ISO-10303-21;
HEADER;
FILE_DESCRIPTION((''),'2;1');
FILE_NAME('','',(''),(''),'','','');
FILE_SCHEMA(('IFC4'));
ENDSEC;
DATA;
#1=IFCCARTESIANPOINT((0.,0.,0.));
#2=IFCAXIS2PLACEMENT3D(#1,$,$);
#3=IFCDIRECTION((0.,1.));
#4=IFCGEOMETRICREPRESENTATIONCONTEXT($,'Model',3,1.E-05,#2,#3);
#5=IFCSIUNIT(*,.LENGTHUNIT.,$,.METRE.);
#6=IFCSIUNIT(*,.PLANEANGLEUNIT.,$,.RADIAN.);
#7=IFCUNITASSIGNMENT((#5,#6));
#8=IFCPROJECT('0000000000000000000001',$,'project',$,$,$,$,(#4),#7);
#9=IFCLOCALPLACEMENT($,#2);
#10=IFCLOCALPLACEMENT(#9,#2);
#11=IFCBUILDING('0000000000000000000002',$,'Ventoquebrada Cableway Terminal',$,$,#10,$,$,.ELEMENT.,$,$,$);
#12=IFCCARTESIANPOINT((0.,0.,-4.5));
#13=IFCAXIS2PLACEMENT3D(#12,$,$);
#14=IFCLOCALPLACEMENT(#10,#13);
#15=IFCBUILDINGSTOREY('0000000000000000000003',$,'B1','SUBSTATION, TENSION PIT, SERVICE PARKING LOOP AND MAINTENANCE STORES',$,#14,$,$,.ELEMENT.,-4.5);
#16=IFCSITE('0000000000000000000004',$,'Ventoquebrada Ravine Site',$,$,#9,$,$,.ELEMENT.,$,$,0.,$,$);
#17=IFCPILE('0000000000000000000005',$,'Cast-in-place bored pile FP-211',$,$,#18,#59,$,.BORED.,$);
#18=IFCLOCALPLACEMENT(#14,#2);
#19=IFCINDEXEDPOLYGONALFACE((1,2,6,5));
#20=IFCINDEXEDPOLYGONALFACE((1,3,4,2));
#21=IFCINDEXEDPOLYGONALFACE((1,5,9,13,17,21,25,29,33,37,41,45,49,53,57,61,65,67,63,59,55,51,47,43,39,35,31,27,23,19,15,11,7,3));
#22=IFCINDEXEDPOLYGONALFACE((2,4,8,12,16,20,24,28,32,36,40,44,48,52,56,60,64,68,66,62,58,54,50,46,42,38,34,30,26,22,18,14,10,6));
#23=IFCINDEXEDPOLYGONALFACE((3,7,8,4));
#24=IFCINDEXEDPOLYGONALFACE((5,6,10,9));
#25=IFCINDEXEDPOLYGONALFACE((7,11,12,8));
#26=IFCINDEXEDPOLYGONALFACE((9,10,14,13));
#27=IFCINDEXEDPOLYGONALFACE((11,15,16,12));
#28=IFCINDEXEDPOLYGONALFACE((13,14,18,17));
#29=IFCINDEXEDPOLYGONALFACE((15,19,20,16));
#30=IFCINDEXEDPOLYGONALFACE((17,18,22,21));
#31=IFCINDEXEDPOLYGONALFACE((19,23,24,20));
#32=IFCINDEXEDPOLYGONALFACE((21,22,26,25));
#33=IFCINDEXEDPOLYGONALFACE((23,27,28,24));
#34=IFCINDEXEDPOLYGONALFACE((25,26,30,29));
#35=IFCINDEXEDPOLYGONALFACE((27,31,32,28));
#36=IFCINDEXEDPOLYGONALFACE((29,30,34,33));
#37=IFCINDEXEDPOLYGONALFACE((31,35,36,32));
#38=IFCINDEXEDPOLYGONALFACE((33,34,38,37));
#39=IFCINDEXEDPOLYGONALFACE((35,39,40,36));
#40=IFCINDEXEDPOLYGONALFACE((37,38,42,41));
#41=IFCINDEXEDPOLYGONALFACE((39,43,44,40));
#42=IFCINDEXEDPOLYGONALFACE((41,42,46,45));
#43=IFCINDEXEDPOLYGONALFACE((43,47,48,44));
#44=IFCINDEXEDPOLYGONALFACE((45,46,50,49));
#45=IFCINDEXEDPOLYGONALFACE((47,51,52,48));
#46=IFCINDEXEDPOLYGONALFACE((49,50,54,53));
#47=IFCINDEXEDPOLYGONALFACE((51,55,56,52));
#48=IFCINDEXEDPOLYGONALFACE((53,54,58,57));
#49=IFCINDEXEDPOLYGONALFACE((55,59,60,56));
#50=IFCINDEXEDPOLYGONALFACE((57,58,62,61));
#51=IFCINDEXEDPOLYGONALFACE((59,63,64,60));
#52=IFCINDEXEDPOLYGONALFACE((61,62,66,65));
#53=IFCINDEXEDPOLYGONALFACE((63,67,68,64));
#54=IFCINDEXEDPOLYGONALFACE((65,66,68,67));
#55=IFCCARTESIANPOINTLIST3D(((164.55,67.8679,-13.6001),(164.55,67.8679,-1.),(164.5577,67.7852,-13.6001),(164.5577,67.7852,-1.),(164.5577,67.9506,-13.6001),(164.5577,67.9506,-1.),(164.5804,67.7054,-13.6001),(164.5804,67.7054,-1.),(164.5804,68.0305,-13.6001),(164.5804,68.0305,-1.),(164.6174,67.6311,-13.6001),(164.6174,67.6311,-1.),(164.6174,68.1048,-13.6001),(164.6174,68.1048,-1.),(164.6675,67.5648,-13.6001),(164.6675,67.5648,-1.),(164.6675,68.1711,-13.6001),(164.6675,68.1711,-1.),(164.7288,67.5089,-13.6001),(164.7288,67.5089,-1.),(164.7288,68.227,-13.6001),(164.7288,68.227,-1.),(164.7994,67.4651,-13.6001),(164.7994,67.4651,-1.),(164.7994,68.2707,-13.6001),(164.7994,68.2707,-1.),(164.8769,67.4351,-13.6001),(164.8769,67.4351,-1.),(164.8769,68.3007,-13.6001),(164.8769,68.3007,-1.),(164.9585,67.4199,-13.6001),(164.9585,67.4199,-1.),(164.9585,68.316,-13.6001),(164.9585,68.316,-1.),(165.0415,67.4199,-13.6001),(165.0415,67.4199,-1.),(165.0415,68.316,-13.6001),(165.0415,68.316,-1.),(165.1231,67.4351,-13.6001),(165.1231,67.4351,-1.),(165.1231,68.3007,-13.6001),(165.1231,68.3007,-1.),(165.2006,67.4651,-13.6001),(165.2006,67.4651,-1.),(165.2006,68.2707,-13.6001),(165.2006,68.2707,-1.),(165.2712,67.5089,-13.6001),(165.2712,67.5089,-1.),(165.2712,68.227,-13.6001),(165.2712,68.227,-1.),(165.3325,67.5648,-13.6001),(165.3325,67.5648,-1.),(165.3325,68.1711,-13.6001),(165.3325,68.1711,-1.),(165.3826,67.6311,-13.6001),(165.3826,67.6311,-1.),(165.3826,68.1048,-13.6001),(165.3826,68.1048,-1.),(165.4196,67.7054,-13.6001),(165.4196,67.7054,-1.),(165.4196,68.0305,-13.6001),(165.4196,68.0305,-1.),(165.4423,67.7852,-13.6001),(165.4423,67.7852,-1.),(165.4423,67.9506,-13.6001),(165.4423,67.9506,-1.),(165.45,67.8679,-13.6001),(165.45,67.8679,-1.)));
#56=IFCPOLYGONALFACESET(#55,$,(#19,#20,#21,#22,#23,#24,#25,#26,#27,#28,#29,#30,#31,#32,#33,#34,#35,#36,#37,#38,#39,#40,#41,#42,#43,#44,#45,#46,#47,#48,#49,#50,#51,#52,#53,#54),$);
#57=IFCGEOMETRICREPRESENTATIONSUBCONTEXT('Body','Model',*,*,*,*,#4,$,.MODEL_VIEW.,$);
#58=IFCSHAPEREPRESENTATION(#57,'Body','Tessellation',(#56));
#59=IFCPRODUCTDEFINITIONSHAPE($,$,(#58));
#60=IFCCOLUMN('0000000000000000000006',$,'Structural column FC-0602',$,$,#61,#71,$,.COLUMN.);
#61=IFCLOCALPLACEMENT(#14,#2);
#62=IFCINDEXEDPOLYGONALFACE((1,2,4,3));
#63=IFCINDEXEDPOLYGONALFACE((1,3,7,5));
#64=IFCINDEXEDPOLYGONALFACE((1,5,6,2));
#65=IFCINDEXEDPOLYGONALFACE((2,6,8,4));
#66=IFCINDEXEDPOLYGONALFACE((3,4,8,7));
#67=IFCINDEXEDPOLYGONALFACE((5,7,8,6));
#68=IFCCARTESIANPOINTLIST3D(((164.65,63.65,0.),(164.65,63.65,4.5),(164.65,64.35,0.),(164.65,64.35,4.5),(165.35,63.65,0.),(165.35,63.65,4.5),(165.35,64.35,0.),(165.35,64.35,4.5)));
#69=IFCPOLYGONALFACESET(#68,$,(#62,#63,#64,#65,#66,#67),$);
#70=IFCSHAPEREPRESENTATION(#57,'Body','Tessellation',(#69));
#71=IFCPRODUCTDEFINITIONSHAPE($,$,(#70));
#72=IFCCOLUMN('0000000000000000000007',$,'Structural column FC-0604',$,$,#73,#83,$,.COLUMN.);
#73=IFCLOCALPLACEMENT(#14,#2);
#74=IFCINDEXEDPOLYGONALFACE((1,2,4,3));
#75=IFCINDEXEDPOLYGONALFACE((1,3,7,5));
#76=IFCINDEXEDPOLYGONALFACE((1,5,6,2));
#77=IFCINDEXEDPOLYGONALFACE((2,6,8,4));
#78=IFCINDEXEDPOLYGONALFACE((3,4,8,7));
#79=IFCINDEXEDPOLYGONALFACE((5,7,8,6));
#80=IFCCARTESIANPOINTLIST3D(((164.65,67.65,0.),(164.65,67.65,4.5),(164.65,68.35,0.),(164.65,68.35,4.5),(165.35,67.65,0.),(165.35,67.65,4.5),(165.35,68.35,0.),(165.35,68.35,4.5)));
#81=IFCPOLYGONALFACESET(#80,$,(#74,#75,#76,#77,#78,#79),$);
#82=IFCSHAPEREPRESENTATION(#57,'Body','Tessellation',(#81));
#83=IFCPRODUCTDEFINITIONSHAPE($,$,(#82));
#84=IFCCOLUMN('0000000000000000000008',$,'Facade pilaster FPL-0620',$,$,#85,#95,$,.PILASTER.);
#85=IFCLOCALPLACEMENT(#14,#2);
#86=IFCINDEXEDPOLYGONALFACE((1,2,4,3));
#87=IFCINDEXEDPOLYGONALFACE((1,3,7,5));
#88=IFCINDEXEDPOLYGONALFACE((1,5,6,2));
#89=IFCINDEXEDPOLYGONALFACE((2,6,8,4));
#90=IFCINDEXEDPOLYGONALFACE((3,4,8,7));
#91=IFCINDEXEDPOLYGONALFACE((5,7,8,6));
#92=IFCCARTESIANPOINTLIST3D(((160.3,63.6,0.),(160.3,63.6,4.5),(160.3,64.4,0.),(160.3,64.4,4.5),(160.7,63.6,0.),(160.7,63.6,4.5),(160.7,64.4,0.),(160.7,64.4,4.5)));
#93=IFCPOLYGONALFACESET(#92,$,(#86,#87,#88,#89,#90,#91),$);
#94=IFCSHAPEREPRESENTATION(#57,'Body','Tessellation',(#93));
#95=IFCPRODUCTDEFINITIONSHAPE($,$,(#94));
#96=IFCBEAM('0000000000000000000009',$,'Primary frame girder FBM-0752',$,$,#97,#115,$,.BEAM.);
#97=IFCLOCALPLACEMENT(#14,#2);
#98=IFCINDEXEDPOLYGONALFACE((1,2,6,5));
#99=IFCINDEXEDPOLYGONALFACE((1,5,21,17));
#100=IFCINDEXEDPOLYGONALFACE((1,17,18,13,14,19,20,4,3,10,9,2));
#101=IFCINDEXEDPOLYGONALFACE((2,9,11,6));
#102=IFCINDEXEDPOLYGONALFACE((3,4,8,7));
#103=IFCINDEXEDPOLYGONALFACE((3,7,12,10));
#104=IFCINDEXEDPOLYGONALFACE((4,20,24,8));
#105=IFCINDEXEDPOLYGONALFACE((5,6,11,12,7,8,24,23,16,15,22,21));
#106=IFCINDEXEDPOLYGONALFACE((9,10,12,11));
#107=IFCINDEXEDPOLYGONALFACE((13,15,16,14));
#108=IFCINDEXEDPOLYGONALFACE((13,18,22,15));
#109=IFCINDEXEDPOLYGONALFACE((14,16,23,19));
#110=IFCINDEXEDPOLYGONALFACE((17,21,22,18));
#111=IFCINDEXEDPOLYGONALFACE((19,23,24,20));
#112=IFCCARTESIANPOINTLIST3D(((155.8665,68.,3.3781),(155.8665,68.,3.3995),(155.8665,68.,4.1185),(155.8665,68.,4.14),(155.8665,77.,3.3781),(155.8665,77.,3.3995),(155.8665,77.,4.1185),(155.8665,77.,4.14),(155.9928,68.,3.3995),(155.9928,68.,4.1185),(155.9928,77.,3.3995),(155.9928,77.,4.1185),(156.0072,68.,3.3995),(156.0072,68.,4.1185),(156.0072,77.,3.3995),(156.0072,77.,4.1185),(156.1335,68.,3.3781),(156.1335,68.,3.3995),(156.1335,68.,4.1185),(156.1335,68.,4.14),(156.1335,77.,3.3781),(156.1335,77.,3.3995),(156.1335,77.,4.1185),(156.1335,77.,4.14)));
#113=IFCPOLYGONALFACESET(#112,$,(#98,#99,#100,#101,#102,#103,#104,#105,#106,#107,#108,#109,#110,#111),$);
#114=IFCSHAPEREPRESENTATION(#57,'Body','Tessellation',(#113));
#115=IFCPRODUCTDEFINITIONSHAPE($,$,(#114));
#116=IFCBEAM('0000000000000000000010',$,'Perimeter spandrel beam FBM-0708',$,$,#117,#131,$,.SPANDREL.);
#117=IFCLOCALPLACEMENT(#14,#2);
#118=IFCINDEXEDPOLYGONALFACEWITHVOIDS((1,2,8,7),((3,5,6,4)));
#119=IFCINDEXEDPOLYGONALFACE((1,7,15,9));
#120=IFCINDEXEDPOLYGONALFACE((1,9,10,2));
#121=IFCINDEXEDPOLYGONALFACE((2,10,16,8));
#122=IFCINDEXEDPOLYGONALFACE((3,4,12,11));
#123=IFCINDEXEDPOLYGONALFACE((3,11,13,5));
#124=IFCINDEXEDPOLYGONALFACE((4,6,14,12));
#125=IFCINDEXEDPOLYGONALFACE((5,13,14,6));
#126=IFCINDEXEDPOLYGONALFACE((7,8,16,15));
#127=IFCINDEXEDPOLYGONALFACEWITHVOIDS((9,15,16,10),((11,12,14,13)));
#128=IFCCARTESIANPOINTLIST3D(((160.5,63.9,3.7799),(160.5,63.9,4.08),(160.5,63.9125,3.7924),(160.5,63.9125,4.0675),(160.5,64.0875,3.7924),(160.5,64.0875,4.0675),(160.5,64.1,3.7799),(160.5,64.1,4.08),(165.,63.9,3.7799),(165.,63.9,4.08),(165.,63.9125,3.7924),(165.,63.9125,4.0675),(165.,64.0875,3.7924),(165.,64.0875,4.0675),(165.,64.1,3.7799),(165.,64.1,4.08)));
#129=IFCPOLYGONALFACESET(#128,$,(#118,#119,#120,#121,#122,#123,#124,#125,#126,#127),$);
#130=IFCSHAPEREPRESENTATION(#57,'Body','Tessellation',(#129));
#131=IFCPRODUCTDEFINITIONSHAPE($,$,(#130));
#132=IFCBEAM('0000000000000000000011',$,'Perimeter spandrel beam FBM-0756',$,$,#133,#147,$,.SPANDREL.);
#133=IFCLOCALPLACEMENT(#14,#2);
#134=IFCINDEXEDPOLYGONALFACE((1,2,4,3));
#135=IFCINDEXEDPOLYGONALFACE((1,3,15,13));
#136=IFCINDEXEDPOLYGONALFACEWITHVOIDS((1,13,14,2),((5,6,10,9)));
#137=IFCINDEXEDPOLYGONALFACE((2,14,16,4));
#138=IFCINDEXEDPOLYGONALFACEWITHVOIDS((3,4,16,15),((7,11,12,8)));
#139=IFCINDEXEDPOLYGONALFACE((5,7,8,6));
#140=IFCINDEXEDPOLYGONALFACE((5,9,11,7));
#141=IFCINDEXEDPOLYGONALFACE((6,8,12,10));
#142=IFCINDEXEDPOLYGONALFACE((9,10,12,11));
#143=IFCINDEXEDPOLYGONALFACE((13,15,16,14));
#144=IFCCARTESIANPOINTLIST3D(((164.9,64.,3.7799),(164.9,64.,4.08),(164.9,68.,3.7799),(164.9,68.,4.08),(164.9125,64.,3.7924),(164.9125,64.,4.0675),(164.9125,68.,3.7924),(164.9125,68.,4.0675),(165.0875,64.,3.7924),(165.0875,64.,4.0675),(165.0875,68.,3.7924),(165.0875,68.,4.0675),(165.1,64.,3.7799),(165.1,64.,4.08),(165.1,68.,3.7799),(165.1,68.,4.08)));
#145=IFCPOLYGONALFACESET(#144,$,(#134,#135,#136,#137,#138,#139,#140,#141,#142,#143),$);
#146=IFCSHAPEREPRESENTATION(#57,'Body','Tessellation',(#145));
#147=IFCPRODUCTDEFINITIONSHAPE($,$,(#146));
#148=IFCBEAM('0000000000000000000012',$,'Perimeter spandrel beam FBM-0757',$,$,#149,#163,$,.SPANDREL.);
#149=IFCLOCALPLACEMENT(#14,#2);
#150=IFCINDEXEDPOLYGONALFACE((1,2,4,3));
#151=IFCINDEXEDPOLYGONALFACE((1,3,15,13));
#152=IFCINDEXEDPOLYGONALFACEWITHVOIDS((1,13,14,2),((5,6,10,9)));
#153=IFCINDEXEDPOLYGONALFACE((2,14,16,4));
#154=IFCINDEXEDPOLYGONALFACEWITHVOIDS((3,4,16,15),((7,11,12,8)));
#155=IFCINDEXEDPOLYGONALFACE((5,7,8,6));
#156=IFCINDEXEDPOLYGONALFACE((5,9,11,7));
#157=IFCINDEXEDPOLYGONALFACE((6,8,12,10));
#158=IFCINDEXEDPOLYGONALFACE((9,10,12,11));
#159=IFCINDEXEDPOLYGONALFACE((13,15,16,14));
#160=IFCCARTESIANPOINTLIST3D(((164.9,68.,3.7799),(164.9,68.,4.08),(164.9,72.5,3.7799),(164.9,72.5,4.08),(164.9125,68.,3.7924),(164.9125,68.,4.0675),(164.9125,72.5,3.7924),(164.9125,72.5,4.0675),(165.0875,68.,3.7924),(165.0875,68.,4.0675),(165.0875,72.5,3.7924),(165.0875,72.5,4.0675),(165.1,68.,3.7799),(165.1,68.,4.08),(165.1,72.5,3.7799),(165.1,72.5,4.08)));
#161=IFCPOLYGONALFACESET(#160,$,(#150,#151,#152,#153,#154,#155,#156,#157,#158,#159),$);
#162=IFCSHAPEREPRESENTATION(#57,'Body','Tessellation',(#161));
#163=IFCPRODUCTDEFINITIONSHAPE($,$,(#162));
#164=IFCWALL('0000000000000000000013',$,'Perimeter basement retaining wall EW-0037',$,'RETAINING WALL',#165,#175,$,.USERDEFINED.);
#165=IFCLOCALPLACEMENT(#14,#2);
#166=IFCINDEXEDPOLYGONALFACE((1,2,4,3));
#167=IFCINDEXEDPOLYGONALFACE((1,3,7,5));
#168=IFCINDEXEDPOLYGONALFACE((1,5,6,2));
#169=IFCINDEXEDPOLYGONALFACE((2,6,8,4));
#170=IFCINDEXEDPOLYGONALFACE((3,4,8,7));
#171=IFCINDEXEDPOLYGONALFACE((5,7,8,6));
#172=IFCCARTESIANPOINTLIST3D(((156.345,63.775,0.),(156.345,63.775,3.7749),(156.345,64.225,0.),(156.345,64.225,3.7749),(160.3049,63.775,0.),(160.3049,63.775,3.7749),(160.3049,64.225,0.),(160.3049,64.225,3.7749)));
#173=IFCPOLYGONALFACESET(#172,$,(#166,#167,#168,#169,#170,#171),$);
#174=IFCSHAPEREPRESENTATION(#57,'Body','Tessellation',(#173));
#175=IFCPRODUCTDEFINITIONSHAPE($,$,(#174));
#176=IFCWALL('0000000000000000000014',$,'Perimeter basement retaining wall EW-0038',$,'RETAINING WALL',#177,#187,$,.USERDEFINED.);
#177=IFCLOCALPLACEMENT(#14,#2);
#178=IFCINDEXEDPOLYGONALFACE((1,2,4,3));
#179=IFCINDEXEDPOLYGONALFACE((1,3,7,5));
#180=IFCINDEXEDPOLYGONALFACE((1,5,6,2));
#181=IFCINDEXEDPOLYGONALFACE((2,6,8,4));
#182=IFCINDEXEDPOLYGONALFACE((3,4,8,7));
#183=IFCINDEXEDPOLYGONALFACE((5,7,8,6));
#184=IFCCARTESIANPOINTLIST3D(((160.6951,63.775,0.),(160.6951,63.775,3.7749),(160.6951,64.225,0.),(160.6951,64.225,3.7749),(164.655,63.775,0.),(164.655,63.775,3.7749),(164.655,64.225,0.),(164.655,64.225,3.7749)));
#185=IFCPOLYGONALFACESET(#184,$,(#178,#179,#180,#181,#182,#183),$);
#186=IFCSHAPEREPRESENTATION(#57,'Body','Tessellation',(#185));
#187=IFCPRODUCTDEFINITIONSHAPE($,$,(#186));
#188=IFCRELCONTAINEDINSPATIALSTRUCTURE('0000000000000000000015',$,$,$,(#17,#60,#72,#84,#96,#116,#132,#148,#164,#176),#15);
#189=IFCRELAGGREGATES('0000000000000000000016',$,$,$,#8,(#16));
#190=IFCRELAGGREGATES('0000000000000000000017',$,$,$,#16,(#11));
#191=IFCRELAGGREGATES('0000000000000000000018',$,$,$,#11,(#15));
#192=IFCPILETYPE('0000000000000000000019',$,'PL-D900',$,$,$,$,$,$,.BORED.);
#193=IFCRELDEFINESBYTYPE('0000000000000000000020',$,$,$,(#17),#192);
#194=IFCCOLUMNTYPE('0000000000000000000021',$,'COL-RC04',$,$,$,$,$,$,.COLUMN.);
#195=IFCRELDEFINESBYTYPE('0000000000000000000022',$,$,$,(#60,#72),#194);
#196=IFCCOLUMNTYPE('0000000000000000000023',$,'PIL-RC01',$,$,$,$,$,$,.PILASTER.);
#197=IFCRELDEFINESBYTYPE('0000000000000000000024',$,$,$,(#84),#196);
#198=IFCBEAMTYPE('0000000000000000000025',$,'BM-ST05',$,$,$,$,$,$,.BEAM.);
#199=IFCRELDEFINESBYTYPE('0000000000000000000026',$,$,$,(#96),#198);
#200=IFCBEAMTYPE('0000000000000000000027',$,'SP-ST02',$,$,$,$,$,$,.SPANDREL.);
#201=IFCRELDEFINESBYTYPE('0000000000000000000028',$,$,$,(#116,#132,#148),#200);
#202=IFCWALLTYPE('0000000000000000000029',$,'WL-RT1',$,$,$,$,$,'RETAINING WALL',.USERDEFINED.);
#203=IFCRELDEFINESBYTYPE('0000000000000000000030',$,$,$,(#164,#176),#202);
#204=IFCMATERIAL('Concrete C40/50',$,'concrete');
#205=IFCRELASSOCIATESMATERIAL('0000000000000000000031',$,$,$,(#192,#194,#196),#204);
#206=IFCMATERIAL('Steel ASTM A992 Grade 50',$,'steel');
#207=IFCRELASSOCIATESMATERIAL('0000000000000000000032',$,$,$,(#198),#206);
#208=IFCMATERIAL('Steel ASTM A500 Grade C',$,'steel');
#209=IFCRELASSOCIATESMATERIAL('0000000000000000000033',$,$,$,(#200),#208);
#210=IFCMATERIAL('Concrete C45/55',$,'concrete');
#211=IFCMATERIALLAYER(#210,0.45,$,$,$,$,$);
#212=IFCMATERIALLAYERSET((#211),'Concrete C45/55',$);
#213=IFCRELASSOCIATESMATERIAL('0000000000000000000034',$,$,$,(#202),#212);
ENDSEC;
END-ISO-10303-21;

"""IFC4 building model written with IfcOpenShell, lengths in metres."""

from ifc_helpers import new_model, si_unit, direction, frame, frame_2d, origin, origin_2d, place, context, subcontext, project, spatial, rectangle, hollow_rectangle, circle, i_section, extrude, material, layer, layer_set, material_profile, profile_set, type_object, element, save


model = new_model("IFC4")

# Units and contexts
model_context = context("Model", 3, precision=1e-05, world=origin(), true_north=direction((0.0, 1.0)))
body_context = subcontext(model_context, "Body", "Model", "MODEL_VIEW")
ifc_project = project(units=[si_unit("LENGTHUNIT", "METRE"), si_unit("PLANEANGLEUNIT", "RADIAN")], contexts=[model_context])

# Site, building, storey
site_placement = place(None, origin())
site = spatial("IfcSite", under=ifc_project, at=site_placement, Name="Ventoquebrada Ravine Site", CompositionType="ELEMENT", RefElevation=0.0)
building_placement = place(site_placement, origin())
building = spatial("IfcBuilding", under=site, at=building_placement, Name="Ventoquebrada Cableway Terminal", CompositionType="ELEMENT")
storey_placement = place(building_placement, frame((0.0, 0.0, -4.5)))
storey = spatial("IfcBuildingStorey", under=building, at=storey_placement, Name="B1", Description="SUBSTATION, TENSION PIT, SERVICE PARKING LOOP AND MAINTENANCE STORES", CompositionType="ELEMENT", Elevation=-4.5)

# Shared definitions
ifc_material_1 = material(Name="Concrete C40/50", Category="concrete")

# Pile
ifc_material_profile_1 = material_profile(ifc_material_1, circle(Radius=0.45, at=origin_2d()), Name="PILE-D900")
ifc_profile_set_1 = profile_set([ifc_material_profile_1], Name="Concrete C40/50")
pile_type = type_object("IfcPileType", Name="PL-D900", PredefinedType="BORED", material=ifc_profile_set_1)
pile_1_placement = place(storey_placement, frame((165.0, 67.8679, -1.0), z_axis=(0.0, 0.0, -1.0), x_axis=(1.0, 0.0, 0.0)))
element("IfcPile", 1, at=pile_1_placement, inside=storey, type_object=pile_type, Name="Cast-in-place bored pile FP-211", PredefinedType="BORED", context=body_context, shape_type="SweptSolid", body=[
    extrude(circle(Radius=0.45, at=origin_2d()), origin(), (0.0, 0.0, 1.0), 12.6001),
])

# Columns
ifc_material_profile_2 = material_profile(ifc_material_1, rectangle(XDim=0.7, YDim=0.7, at=origin_2d()), Name="RC-COL-700X700")
ifc_profile_set_2 = profile_set([ifc_material_profile_2], Name="Concrete C40/50")
column_type_1 = type_object("IfcColumnType", Name="COL-RC04", PredefinedType="COLUMN", material=ifc_profile_set_2)
for number, where, z_axis, x_axis, name in (
    (2, (165.0, 64.0, 0.0), (0.0, 0.0, 1.0), (1.0, 0.0, 0.0), "Structural column FC-0602"),
    (3, (165.0, 68.0, 0.0), (0.0, 0.0, 1.0), (1.0, 0.0, 0.0), "Structural column FC-0604"),
):
    element("IfcColumn", number, at=place(storey_placement, frame(where, z_axis=z_axis, x_axis=x_axis)), inside=storey, type_object=column_type_1, Name=name, PredefinedType="COLUMN", context=body_context, shape_type="SweptSolid", body=[
        extrude(rectangle(XDim=0.7, YDim=0.7, at=origin_2d()), origin(), (0.0, 0.0, 1.0), 4.5),
    ])
ifc_material_profile_3 = material_profile(ifc_material_1, rectangle(XDim=0.3999, YDim=0.8, at=origin_2d()), Name="RC-PIL-400X800")
ifc_profile_set_3 = profile_set([ifc_material_profile_3], Name="Concrete C40/50")
column_type_2 = type_object("IfcColumnType", Name="PIL-RC01", PredefinedType="PILASTER", material=ifc_profile_set_3)
column_placement = place(storey_placement, frame((160.5, 64.0, 0.0), z_axis=(0.0, 0.0, 1.0), x_axis=(1.0, 0.0, 0.0)))
element("IfcColumn", 4, at=column_placement, inside=storey, type_object=column_type_2, Name="Facade pilaster FPL-0620", PredefinedType="PILASTER", context=body_context, shape_type="SweptSolid", body=[
    extrude(rectangle(XDim=0.3999, YDim=0.8, at=origin_2d()), origin(), (0.0, 0.0, 1.0), 4.5),
])

# Beams
ifc_material_2 = material(Name="Steel ASTM A992 Grade 50", Category="steel")
ifc_material_profile_4 = material_profile(ifc_material_2, i_section(OverallWidth=0.2671, OverallDepth=0.762, WebThickness=0.0144, FlangeThickness=0.0215, at=origin_2d()), Name="W30X116")
ifc_profile_set_4 = profile_set([ifc_material_profile_4], Name="Steel ASTM A992 Grade 50")
beam_type_1 = type_object("IfcBeamType", Name="BM-ST05", PredefinedType="BEAM", material=ifc_profile_set_4)
beam_1_placement = place(storey_placement, frame((156.0, 68.0, 3.759), z_axis=(0.0, 1.0, 0.0), x_axis=(-1.0, 0.0, 0.0)))
element("IfcBeam", 5, at=beam_1_placement, inside=storey, type_object=beam_type_1, Name="Primary frame girder FBM-0752", PredefinedType="BEAM", context=body_context, shape_type="SweptSolid", body=[
    extrude(i_section(OverallWidth=0.2671, OverallDepth=0.762, WebThickness=0.0144, FlangeThickness=0.0215, at=origin_2d()), origin(), (0.0, 0.0, 1.0), 9.0),
])
ifc_material_3 = material(Name="Steel ASTM A500 Grade C", Category="steel")
ifc_material_profile_5 = material_profile(ifc_material_3, hollow_rectangle(XDim=0.2, YDim=0.3, WallThickness=0.0125, at=origin_2d()), Name="RHS300X200X12.5")
ifc_profile_set_5 = profile_set([ifc_material_profile_5], Name="Steel ASTM A500 Grade C")
beam_type_2 = type_object("IfcBeamType", Name="SP-ST02", PredefinedType="SPANDREL", material=ifc_profile_set_5)
beam_2_placement = place(storey_placement, frame((160.5, 64.0, 3.9299), z_axis=(1.0, 0.0, 0.0), x_axis=(0.0, 1.0, 0.0)))
element("IfcBeam", 6, at=beam_2_placement, inside=storey, type_object=beam_type_2, Name="Perimeter spandrel beam FBM-0708", PredefinedType="SPANDREL", context=body_context, shape_type="SweptSolid", body=[
    extrude(hollow_rectangle(XDim=0.2, YDim=0.3, WallThickness=0.0125, at=origin_2d()), origin(), (0.0, 0.0, 1.0), 4.5),
])
beam_3_placement = place(storey_placement, frame((165.0, 64.0, 3.9299), z_axis=(0.0, 1.0, 0.0), x_axis=(-1.0, 0.0, 0.0)))
element("IfcBeam", 7, at=beam_3_placement, inside=storey, type_object=beam_type_2, Name="Perimeter spandrel beam FBM-0756", PredefinedType="SPANDREL", context=body_context, shape_type="SweptSolid", body=[
    extrude(hollow_rectangle(XDim=0.2, YDim=0.3, WallThickness=0.0125, at=origin_2d()), origin(), (0.0, 0.0, 1.0), 4.0),
])
beam_4_placement = place(storey_placement, frame((165.0, 68.0, 3.9299), z_axis=(0.0, 1.0, 0.0), x_axis=(-1.0, 0.0, 0.0)))
element("IfcBeam", 8, at=beam_4_placement, inside=storey, type_object=beam_type_2, Name="Perimeter spandrel beam FBM-0757", PredefinedType="SPANDREL", context=body_context, shape_type="SweptSolid", body=[
    extrude(hollow_rectangle(XDim=0.2, YDim=0.3, WallThickness=0.0125, at=origin_2d()), origin(), (0.0, 0.0, 1.0), 4.5),
])

# Walls
ifc_material_4 = material(Name="Concrete C45/55", Category="concrete")
ifc_layer = layer(ifc_material_4, 0.45)
ifc_layer_set = layer_set([ifc_layer], Name="Concrete C45/55")
wall_type = type_object("IfcWallType", Name="WL-RT1", ElementType="RETAINING WALL", PredefinedType="USERDEFINED", material=ifc_layer_set)
for number, where, z_axis, x_axis, name in (
    (9, (156.345, 64.0, 0.0), (0.0, 0.0, 1.0), (1.0, 0.0, 0.0), "Perimeter basement retaining wall EW-0037"),
    (10, (160.6951, 64.0, 0.0), (0.0, 0.0, 1.0), (1.0, 0.0, 0.0), "Perimeter basement retaining wall EW-0038"),
):
    element("IfcWall", number, at=place(storey_placement, frame(where, z_axis=z_axis, x_axis=x_axis)), inside=storey, type_object=wall_type, Name=name, ObjectType="RETAINING WALL", PredefinedType="USERDEFINED", context=body_context, shape_type="SweptSolid", body=[
        extrude(rectangle(XDim=3.96, YDim=0.45, at=frame_2d((1.98, 0.0))), origin(), (0.0, 0.0, 1.0), 3.7749),
    ])

save(model, "model.ifc")
